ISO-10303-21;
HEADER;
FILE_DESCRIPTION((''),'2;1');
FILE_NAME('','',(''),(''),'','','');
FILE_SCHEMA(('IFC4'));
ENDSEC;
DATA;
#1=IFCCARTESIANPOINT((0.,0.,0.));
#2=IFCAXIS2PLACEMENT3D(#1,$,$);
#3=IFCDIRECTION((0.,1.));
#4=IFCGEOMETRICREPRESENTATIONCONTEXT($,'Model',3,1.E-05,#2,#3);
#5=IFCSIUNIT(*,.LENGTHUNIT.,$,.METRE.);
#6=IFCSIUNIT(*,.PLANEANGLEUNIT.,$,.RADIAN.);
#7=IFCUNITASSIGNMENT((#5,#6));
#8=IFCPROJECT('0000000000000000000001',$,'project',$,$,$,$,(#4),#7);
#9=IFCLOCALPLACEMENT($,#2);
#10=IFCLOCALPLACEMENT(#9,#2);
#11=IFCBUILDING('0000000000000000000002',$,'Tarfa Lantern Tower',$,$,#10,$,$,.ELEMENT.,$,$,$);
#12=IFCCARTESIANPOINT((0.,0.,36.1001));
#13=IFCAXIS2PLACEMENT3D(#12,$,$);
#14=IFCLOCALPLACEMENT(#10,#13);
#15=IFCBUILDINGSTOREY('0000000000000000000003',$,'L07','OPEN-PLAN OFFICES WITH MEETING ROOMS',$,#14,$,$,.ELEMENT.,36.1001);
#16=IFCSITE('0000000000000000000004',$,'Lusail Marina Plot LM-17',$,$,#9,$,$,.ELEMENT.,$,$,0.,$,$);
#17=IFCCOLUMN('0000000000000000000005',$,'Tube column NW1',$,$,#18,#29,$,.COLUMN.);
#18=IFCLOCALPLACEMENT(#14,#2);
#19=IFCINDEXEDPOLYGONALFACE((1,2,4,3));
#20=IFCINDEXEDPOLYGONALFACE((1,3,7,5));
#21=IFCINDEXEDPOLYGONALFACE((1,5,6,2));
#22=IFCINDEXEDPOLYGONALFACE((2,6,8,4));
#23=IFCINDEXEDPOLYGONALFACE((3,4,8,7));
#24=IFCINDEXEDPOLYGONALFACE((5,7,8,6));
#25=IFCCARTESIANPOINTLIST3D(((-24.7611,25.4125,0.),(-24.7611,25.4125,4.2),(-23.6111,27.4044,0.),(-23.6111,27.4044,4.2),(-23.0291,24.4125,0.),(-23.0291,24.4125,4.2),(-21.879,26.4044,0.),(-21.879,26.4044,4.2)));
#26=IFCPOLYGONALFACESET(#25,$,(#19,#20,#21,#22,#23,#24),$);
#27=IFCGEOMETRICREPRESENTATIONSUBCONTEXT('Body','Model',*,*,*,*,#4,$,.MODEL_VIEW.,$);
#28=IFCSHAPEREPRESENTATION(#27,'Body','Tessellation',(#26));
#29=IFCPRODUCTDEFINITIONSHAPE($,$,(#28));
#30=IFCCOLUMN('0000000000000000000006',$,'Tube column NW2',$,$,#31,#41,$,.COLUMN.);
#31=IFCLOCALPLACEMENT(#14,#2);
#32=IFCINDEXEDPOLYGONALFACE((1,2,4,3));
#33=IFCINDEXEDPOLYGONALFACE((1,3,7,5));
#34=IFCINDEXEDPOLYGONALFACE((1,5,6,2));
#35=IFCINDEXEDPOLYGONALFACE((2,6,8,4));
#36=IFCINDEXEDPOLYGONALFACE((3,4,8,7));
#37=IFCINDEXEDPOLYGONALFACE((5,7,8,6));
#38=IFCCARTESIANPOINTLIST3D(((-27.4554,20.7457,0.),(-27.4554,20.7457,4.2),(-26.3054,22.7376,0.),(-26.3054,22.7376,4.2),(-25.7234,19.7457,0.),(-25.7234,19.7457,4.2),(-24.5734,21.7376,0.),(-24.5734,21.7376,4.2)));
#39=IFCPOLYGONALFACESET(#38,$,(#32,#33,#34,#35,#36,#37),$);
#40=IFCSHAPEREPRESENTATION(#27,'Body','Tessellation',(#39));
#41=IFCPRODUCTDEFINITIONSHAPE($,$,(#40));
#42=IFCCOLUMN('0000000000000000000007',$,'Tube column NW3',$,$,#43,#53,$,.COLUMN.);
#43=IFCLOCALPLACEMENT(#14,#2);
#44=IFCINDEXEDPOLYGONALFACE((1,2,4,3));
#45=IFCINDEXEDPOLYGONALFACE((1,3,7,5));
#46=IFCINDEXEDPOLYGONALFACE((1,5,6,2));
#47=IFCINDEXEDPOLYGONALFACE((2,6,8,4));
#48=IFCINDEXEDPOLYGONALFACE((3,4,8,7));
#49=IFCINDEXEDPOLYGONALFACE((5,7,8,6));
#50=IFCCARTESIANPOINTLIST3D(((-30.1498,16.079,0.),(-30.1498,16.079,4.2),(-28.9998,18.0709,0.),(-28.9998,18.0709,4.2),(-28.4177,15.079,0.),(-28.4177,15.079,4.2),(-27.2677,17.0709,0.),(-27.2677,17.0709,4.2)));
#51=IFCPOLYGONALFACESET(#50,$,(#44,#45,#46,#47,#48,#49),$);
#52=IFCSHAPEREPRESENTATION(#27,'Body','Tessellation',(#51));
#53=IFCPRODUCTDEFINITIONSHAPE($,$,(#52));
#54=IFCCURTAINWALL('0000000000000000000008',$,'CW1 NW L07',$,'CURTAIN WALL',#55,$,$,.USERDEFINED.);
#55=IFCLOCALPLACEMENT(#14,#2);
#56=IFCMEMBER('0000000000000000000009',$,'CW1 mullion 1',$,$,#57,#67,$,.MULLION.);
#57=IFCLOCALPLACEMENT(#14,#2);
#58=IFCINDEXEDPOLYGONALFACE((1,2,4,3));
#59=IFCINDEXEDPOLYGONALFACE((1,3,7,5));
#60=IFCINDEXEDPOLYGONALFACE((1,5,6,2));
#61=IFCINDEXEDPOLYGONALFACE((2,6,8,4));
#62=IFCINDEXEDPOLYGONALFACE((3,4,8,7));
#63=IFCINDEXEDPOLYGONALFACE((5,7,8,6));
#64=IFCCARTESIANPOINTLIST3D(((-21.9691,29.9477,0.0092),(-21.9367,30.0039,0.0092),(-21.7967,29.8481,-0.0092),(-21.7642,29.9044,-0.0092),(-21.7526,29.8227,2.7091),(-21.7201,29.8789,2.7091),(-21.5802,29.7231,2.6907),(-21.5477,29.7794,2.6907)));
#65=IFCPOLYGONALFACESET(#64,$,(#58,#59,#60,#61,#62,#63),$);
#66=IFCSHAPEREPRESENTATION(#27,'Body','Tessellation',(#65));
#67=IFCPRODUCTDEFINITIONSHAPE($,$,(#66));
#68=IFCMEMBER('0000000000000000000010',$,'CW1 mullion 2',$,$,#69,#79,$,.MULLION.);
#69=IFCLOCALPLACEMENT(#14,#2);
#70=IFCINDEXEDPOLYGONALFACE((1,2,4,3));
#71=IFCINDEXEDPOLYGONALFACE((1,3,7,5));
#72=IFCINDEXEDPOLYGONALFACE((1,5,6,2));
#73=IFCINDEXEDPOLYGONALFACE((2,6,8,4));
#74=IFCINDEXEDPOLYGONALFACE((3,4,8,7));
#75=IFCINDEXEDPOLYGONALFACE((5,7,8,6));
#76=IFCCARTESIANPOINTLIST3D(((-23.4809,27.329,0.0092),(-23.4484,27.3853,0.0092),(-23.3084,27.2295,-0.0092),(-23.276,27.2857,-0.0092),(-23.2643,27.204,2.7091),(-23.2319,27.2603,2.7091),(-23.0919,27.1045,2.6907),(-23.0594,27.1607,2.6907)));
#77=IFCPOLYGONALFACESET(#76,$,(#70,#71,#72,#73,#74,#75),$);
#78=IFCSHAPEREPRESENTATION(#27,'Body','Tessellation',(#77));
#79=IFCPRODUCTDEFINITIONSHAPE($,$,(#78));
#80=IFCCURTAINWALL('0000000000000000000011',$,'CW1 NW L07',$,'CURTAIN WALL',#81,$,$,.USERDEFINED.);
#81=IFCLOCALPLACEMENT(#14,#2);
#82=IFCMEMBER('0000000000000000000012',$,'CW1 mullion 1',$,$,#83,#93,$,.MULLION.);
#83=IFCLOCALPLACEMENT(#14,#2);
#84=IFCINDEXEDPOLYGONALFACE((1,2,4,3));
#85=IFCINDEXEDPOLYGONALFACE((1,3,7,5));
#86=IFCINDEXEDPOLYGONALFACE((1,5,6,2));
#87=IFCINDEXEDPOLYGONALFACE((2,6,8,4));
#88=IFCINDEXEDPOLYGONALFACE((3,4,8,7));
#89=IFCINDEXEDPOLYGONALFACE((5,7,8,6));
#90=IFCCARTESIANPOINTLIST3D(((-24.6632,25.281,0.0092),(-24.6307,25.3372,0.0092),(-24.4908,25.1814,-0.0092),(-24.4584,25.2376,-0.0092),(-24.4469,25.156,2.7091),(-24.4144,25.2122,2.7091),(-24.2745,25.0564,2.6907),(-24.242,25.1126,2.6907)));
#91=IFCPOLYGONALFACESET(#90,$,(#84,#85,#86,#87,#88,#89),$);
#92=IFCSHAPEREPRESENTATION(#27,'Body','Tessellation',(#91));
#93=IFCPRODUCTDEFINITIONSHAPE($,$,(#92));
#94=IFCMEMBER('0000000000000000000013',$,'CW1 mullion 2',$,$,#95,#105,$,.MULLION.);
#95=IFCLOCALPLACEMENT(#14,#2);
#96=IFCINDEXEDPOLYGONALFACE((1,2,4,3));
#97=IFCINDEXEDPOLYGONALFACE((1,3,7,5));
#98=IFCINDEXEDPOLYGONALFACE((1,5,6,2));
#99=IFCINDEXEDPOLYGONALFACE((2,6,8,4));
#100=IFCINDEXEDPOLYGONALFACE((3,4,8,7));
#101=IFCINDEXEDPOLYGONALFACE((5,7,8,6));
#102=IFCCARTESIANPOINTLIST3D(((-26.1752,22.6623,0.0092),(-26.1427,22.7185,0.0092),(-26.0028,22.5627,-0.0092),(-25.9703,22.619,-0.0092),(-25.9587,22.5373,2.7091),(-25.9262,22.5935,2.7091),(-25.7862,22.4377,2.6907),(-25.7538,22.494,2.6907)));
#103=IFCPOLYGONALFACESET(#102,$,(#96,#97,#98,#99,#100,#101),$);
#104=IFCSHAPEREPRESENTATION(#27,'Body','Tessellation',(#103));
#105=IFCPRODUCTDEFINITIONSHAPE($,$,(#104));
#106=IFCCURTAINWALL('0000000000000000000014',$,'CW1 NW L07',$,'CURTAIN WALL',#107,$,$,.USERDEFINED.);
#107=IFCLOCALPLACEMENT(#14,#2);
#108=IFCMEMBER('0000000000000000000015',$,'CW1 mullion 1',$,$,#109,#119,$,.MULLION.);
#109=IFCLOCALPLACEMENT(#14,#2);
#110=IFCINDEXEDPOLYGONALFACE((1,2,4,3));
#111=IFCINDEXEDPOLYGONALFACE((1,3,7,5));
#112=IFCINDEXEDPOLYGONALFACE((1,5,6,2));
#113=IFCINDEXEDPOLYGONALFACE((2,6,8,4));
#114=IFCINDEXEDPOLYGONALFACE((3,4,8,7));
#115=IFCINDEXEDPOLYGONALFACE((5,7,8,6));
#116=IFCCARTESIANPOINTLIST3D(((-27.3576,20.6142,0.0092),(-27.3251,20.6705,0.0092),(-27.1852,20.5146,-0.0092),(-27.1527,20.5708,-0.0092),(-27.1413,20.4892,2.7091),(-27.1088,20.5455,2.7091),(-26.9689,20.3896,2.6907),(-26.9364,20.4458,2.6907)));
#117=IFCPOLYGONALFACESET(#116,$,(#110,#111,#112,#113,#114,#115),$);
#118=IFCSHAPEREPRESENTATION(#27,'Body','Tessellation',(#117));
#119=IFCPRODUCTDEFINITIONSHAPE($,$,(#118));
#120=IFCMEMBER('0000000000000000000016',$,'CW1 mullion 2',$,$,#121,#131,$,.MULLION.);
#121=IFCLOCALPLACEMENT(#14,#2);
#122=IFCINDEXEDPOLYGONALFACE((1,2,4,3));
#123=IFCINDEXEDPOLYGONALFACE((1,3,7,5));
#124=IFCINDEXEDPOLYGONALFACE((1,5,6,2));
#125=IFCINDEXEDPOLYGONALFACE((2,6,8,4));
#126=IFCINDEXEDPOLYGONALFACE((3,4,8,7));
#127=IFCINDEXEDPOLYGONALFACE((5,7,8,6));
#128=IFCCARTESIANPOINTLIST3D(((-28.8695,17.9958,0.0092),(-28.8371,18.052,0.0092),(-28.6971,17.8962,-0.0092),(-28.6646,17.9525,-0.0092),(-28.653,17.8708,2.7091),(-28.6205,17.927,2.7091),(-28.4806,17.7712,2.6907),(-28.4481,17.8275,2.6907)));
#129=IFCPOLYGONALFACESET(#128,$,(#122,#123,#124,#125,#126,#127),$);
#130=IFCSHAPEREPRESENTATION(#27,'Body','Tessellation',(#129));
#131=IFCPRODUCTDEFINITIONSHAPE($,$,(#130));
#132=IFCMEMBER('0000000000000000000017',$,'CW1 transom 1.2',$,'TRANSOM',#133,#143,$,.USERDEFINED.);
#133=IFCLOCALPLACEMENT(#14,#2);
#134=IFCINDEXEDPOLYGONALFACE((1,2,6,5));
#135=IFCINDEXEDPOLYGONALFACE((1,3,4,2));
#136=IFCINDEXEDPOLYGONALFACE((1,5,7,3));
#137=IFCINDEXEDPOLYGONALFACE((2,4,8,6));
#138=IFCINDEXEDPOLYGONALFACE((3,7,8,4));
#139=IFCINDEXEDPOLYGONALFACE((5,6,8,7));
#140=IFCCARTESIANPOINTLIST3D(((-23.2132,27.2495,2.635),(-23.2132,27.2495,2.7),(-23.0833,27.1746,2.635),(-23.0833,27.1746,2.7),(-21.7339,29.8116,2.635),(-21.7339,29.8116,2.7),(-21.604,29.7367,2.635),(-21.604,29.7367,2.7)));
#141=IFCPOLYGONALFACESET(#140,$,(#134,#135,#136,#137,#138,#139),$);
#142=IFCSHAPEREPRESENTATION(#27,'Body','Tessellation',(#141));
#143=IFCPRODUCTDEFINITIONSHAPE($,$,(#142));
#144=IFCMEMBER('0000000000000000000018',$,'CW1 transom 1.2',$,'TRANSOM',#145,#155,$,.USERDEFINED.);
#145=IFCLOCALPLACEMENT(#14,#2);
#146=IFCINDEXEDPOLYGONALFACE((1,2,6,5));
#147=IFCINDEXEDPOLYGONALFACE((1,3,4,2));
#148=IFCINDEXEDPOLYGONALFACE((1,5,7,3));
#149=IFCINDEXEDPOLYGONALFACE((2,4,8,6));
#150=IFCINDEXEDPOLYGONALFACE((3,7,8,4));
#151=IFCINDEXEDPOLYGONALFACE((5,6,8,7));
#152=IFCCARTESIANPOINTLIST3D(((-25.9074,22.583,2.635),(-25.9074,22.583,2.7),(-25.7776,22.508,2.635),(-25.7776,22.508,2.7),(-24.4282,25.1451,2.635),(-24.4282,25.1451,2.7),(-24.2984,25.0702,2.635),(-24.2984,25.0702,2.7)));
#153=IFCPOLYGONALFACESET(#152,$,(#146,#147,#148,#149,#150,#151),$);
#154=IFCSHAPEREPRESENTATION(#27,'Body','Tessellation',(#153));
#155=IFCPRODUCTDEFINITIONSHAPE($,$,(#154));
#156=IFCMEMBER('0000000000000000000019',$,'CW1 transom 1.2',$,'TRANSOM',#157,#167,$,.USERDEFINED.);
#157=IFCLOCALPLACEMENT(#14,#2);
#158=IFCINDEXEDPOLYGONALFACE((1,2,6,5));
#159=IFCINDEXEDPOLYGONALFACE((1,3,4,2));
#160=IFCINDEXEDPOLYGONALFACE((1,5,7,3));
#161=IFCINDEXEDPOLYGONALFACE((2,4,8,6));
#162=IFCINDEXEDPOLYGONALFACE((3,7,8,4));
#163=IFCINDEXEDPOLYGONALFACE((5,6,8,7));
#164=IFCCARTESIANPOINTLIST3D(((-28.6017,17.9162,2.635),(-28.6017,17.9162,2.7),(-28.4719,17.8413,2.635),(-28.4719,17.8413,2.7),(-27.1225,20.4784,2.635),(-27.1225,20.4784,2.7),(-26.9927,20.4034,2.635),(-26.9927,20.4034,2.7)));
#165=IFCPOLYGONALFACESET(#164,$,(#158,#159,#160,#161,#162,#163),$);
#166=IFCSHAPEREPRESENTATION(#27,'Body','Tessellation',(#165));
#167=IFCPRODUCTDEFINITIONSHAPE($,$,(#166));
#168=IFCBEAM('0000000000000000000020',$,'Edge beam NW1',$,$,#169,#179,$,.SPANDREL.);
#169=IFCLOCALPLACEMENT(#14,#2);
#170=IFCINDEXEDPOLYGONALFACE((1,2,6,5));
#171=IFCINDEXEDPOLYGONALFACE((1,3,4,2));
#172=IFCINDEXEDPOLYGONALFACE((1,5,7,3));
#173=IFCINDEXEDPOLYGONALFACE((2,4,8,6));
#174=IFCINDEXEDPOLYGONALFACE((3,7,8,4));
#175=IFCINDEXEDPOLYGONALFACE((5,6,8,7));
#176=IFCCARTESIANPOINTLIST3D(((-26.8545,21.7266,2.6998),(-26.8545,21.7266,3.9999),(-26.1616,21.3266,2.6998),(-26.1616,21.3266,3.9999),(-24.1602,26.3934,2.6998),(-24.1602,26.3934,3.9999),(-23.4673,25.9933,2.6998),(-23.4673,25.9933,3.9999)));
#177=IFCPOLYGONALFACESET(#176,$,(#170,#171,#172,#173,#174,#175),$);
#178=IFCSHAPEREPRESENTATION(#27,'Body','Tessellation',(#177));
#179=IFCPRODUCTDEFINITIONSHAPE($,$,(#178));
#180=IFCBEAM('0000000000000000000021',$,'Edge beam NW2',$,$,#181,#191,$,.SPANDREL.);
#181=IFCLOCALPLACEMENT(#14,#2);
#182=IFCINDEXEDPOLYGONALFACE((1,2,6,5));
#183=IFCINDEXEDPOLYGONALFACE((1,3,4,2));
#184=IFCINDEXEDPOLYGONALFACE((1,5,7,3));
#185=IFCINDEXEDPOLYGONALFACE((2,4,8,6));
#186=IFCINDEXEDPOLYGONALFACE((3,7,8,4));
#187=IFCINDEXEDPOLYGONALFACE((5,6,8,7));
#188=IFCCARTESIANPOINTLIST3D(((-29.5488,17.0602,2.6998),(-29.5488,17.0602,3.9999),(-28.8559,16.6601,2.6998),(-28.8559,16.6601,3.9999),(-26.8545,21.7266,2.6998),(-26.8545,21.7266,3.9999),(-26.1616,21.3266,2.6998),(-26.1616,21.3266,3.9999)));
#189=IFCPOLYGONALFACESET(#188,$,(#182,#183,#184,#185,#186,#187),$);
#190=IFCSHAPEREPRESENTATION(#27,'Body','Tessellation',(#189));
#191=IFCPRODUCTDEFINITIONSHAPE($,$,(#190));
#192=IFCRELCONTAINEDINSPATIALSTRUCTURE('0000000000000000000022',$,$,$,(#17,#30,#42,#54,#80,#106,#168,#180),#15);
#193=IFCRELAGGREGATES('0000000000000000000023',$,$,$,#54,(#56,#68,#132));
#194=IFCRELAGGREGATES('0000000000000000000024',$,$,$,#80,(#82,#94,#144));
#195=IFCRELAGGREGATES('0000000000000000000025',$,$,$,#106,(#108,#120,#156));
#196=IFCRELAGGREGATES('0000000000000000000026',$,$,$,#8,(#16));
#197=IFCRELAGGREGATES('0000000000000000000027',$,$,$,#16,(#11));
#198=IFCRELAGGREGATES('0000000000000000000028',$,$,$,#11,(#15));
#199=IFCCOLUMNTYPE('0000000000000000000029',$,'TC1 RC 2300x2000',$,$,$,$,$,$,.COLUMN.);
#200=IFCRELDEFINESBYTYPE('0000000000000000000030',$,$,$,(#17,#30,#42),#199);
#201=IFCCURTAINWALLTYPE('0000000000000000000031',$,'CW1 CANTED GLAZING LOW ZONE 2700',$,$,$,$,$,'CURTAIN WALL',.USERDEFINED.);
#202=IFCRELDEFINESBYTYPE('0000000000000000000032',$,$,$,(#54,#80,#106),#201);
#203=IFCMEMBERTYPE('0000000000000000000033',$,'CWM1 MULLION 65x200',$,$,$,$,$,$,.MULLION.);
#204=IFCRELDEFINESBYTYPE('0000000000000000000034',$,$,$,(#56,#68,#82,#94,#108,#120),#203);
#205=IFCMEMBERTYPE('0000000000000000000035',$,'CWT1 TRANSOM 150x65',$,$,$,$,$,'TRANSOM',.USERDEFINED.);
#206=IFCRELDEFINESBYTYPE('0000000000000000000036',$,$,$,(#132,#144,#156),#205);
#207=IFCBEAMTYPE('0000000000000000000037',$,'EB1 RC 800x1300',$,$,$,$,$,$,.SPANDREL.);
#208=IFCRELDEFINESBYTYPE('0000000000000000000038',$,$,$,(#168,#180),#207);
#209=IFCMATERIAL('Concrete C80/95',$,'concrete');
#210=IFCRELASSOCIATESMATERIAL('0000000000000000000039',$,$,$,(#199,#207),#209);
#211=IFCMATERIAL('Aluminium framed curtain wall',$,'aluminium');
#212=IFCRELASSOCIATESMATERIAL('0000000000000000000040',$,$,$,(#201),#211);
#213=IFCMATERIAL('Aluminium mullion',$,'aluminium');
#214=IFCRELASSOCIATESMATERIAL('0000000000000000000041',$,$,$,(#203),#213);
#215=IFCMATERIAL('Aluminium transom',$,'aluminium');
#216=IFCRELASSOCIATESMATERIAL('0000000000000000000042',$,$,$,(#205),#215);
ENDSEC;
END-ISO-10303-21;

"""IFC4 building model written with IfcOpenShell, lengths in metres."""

from ifc_helpers import new_model, si_unit, direction, frame, origin, origin_2d, place, context, subcontext, project, spatial, rectangle, extrude, material, material_profile, profile_set, type_object, element, aggregate, save


model = new_model("IFC4")

# Units and contexts
model_context = context("Model", 3, precision=1e-05, world=origin(), true_north=direction((0.0, 1.0)))
body_context = subcontext(model_context, "Body", "Model", "MODEL_VIEW")
ifc_project = project(units=[si_unit("LENGTHUNIT", "METRE"), si_unit("PLANEANGLEUNIT", "RADIAN")], contexts=[model_context])

# Site, building, storey
site_placement = place(None, origin())
site = spatial("IfcSite", under=ifc_project, at=site_placement, Name="Lusail Marina Plot LM-17", CompositionType="ELEMENT", RefElevation=0.0)
building_placement = place(site_placement, origin())
building = spatial("IfcBuilding", under=site, at=building_placement, Name="Tarfa Lantern Tower", CompositionType="ELEMENT")
storey_placement = place(building_placement, frame((0.0, 0.0, 36.1001)))
storey = spatial("IfcBuildingStorey", under=building, at=storey_placement, Name="L07", Description="OPEN-PLAN OFFICES WITH MEETING ROOMS", CompositionType="ELEMENT", Elevation=36.1001)

# Columns
ifc_material_1 = material(Name="Concrete C80/95", Category="concrete")
ifc_material_profile_1 = material_profile(ifc_material_1, rectangle(XDim=2.3, YDim=2.0, at=origin_2d()), Name="RC 2300x2000")
ifc_profile_set_1 = profile_set([ifc_material_profile_1], Name="Concrete C80/95")
column_type = type_object("IfcColumnType", Name="TC1 RC 2300x2000", PredefinedType="COLUMN", material=ifc_profile_set_1)
for number, where, z_axis, x_axis, name in (
    (1, (-23.3201, 25.9084, 0.0), (0.0, 0.0, 1.0), (-0.5, -0.866025, 0.0), "Tube column NW1"),
    (2, (-26.0144, 21.2417, 0.0), (0.0, 0.0, 1.0), (-0.5, -0.866025, 0.0), "Tube column NW2"),
    (3, (-28.7087, 16.575, 0.0), (0.0, 0.0, 1.0), (-0.5, -0.866025, 0.0), "Tube column NW3"),
):
    element("IfcColumn", number, at=place(storey_placement, frame(where, z_axis=z_axis, x_axis=x_axis)), inside=storey, type_object=column_type, Name=name, PredefinedType="COLUMN", context=body_context, shape_type="SweptSolid", body=[
        extrude(rectangle(XDim=2.3, YDim=2.0, at=origin_2d()), origin(), (0.0, 0.0, 1.0), 4.2),
    ])

# Curtain walls, members
ifc_material_2 = material(Name="Aluminium framed curtain wall", Category="aluminium")
curtain_wall_type = type_object("IfcCurtainWallType", Name="CW1 CANTED GLAZING LOW ZONE 2700", ElementType="CURTAIN WALL", PredefinedType="USERDEFINED", material=ifc_material_2)
curtain_wall_1_placement = place(storey_placement, origin())
curtain_wall_1 = element("IfcCurtainWall", 4, at=curtain_wall_1_placement, inside=storey, type_object=curtain_wall_type, Name="CW1 NW L07", ObjectType="CURTAIN WALL", PredefinedType="USERDEFINED")
ifc_material_3 = material(Name="Aluminium mullion", Category="aluminium")
ifc_material_profile_2 = material_profile(ifc_material_3, rectangle(XDim=0.0649, YDim=0.2, at=origin_2d()), Name="AL MULLION 65x200")
ifc_profile_set_2 = profile_set([ifc_material_profile_2], Name="Aluminium mullion")
member_type_1 = type_object("IfcMemberType", Name="CWM1 MULLION 65x200", PredefinedType="MULLION", material=ifc_profile_set_2)
member_1_placement = place(storey_placement, frame((-21.8667, 29.926, 0.0), z_axis=(0.079864, -0.0461, 0.995739), x_axis=(0.49992, 0.866072, 0.0)))
member_1 = element("IfcMember", 5, at=member_1_placement, type_object=member_type_1, Name="CW1 mullion 1", PredefinedType="MULLION", context=body_context, shape_type="SweptSolid", body=[
    extrude(rectangle(XDim=0.0649, YDim=0.2, at=origin_2d()), origin(), (0.0, 0.0, 1.0), 2.7114),
])
member_2_placement = place(storey_placement, frame((-23.3784, 27.3074, 0.0), z_axis=(0.079864, -0.0461, 0.995739), x_axis=(0.49992, 0.866072, 0.0)))
member_2 = element("IfcMember", 6, at=member_2_placement, type_object=member_type_1, Name="CW1 mullion 2", PredefinedType="MULLION", context=body_context, shape_type="SweptSolid", body=[
    extrude(rectangle(XDim=0.0649, YDim=0.2, at=origin_2d()), origin(), (0.0, 0.0, 1.0), 2.7114),
])
curtain_wall_2_placement = place(storey_placement, origin())
curtain_wall_2 = element("IfcCurtainWall", 7, at=curtain_wall_2_placement, inside=storey, type_object=curtain_wall_type, Name="CW1 NW L07", ObjectType="CURTAIN WALL", PredefinedType="USERDEFINED")
member_3_placement = place(storey_placement, frame((-24.5608, 25.2593, 0.0), z_axis=(0.079775, -0.0461, 0.995746), x_axis=(0.500343, 0.865827, 0.0)))
member_3 = element("IfcMember", 8, at=member_3_placement, type_object=member_type_1, Name="CW1 mullion 1", PredefinedType="MULLION", context=body_context, shape_type="SweptSolid", body=[
    extrude(rectangle(XDim=0.0649, YDim=0.2, at=origin_2d()), origin(), (0.0, 0.0, 1.0), 2.7114),
])
member_4_placement = place(storey_placement, frame((-26.0728, 22.6406, 0.0), z_axis=(0.079864, -0.0461, 0.995739), x_axis=(0.49992, 0.866072, 0.0)))
member_4 = element("IfcMember", 9, at=member_4_placement, type_object=member_type_1, Name="CW1 mullion 2", PredefinedType="MULLION", context=body_context, shape_type="SweptSolid", body=[
    extrude(rectangle(XDim=0.0649, YDim=0.2, at=origin_2d()), origin(), (0.0, 0.0, 1.0), 2.7114),
])
curtain_wall_3_placement = place(storey_placement, origin())
curtain_wall_3 = element("IfcCurtainWall", 10, at=curtain_wall_3_placement, inside=storey, type_object=curtain_wall_type, Name="CW1 NW L07", ObjectType="CURTAIN WALL", PredefinedType="USERDEFINED")
member_5_placement = place(storey_placement, frame((-27.2551, 20.5925, 0.0), z_axis=(0.079775, -0.0461, 0.995746), x_axis=(0.500343, 0.865827, 0.0)))
member_5 = element("IfcMember", 11, at=member_5_placement, type_object=member_type_1, Name="CW1 mullion 1", PredefinedType="MULLION", context=body_context, shape_type="SweptSolid", body=[
    extrude(rectangle(XDim=0.0649, YDim=0.2, at=origin_2d()), origin(), (0.0, 0.0, 1.0), 2.7114),
])
member_6_placement = place(storey_placement, frame((-28.7671, 17.9741, 0.0), z_axis=(0.079864, -0.0461, 0.995739), x_axis=(0.49992, 0.866072, 0.0)))
member_6 = element("IfcMember", 12, at=member_6_placement, type_object=member_type_1, Name="CW1 mullion 2", PredefinedType="MULLION", context=body_context, shape_type="SweptSolid", body=[
    extrude(rectangle(XDim=0.0649, YDim=0.2, at=origin_2d()), origin(), (0.0, 0.0, 1.0), 2.7114),
])

# Members
ifc_material_4 = material(Name="Aluminium transom", Category="aluminium")
ifc_material_profile_3 = material_profile(ifc_material_4, rectangle(XDim=0.1499, YDim=0.0649, at=origin_2d()), Name="AL TRANSOM 150x65")
ifc_profile_set_3 = profile_set([ifc_material_profile_3], Name="Aluminium transom")
member_type_2 = type_object("IfcMemberType", Name="CWT1 TRANSOM 150x65", ElementType="TRANSOM", PredefinedType="USERDEFINED", material=ifc_profile_set_3)
member_7_placement = place(storey_placement, frame((-21.6689, 29.7742, 2.6675), z_axis=(-0.500018, -0.866015, 0.0), x_axis=(0.866015, -0.500018, 0.0)))
member_7 = element("IfcMember", 13, at=member_7_placement, type_object=member_type_2, Name="CW1 transom 1.2", ObjectType="TRANSOM", PredefinedType="USERDEFINED", context=body_context, shape_type="SweptSolid", body=[
    extrude(rectangle(XDim=0.1499, YDim=0.0649, at=origin_2d()), origin(), (0.0, 0.0, 1.0), 2.9585),
])
member_8_placement = place(storey_placement, frame((-24.3633, 25.1077, 2.6675), z_axis=(-0.499982, -0.866036, 0.0), x_axis=(0.866036, -0.499982, 0.0)))
member_8 = element("IfcMember", 14, at=member_8_placement, type_object=member_type_2, Name="CW1 transom 1.2", ObjectType="TRANSOM", PredefinedType="USERDEFINED", context=body_context, shape_type="SweptSolid", body=[
    extrude(rectangle(XDim=0.1499, YDim=0.0649, at=origin_2d()), origin(), (0.0, 0.0, 1.0), 2.9585),
])
member_9_placement = place(storey_placement, frame((-27.0576, 20.4409, 2.6675), z_axis=(-0.499982, -0.866036, 0.0), x_axis=(0.866036, -0.499982, 0.0)))
member_9 = element("IfcMember", 15, at=member_9_placement, type_object=member_type_2, Name="CW1 transom 1.2", ObjectType="TRANSOM", PredefinedType="USERDEFINED", context=body_context, shape_type="SweptSolid", body=[
    extrude(rectangle(XDim=0.1499, YDim=0.0649, at=origin_2d()), origin(), (0.0, 0.0, 1.0), 2.9585),
])

# Beams
ifc_material_profile_4 = material_profile(ifc_material_1, rectangle(XDim=0.8, YDim=1.3, at=origin_2d()), Name="RC 800x1300")
ifc_profile_set_4 = profile_set([ifc_material_profile_4], Name="Concrete C80/95")
beam_type_1 = type_object("IfcBeamType", Name="EB1 RC 800x1300", PredefinedType="SPANDREL", material=ifc_profile_set_4)
beam_1_placement = place(storey_placement, frame((-23.8137, 26.1934, 3.3499), z_axis=(-0.499998, -0.866026, 0.0), x_axis=(0.866026, -0.499998, 0.0)))
element("IfcBeam", 16, at=beam_1_placement, inside=storey, type_object=beam_type_1, Name="Edge beam NW1", PredefinedType="SPANDREL", context=body_context, shape_type="SweptSolid", body=[
    extrude(rectangle(XDim=0.8, YDim=1.3, at=origin_2d()), origin(), (0.0, 0.0, 1.0), 5.3887),
])
beam_2_placement = place(storey_placement, frame((-26.5081, 21.5266, 3.3499), z_axis=(-0.500018, -0.866015, 0.0), x_axis=(0.866015, -0.500018, 0.0)))
element("IfcBeam", 17, at=beam_2_placement, inside=storey, type_object=beam_type_1, Name="Edge beam NW2", PredefinedType="SPANDREL", context=body_context, shape_type="SweptSolid", body=[
    extrude(rectangle(XDim=0.8, YDim=1.3, at=origin_2d()), origin(), (0.0, 0.0, 1.0), 5.3884),
])

aggregate(curtain_wall_1, [member_1, member_2, member_7])
aggregate(curtain_wall_2, [member_3, member_4, member_8])
aggregate(curtain_wall_3, [member_5, member_6, member_9])

save(model, "model.ifc")
